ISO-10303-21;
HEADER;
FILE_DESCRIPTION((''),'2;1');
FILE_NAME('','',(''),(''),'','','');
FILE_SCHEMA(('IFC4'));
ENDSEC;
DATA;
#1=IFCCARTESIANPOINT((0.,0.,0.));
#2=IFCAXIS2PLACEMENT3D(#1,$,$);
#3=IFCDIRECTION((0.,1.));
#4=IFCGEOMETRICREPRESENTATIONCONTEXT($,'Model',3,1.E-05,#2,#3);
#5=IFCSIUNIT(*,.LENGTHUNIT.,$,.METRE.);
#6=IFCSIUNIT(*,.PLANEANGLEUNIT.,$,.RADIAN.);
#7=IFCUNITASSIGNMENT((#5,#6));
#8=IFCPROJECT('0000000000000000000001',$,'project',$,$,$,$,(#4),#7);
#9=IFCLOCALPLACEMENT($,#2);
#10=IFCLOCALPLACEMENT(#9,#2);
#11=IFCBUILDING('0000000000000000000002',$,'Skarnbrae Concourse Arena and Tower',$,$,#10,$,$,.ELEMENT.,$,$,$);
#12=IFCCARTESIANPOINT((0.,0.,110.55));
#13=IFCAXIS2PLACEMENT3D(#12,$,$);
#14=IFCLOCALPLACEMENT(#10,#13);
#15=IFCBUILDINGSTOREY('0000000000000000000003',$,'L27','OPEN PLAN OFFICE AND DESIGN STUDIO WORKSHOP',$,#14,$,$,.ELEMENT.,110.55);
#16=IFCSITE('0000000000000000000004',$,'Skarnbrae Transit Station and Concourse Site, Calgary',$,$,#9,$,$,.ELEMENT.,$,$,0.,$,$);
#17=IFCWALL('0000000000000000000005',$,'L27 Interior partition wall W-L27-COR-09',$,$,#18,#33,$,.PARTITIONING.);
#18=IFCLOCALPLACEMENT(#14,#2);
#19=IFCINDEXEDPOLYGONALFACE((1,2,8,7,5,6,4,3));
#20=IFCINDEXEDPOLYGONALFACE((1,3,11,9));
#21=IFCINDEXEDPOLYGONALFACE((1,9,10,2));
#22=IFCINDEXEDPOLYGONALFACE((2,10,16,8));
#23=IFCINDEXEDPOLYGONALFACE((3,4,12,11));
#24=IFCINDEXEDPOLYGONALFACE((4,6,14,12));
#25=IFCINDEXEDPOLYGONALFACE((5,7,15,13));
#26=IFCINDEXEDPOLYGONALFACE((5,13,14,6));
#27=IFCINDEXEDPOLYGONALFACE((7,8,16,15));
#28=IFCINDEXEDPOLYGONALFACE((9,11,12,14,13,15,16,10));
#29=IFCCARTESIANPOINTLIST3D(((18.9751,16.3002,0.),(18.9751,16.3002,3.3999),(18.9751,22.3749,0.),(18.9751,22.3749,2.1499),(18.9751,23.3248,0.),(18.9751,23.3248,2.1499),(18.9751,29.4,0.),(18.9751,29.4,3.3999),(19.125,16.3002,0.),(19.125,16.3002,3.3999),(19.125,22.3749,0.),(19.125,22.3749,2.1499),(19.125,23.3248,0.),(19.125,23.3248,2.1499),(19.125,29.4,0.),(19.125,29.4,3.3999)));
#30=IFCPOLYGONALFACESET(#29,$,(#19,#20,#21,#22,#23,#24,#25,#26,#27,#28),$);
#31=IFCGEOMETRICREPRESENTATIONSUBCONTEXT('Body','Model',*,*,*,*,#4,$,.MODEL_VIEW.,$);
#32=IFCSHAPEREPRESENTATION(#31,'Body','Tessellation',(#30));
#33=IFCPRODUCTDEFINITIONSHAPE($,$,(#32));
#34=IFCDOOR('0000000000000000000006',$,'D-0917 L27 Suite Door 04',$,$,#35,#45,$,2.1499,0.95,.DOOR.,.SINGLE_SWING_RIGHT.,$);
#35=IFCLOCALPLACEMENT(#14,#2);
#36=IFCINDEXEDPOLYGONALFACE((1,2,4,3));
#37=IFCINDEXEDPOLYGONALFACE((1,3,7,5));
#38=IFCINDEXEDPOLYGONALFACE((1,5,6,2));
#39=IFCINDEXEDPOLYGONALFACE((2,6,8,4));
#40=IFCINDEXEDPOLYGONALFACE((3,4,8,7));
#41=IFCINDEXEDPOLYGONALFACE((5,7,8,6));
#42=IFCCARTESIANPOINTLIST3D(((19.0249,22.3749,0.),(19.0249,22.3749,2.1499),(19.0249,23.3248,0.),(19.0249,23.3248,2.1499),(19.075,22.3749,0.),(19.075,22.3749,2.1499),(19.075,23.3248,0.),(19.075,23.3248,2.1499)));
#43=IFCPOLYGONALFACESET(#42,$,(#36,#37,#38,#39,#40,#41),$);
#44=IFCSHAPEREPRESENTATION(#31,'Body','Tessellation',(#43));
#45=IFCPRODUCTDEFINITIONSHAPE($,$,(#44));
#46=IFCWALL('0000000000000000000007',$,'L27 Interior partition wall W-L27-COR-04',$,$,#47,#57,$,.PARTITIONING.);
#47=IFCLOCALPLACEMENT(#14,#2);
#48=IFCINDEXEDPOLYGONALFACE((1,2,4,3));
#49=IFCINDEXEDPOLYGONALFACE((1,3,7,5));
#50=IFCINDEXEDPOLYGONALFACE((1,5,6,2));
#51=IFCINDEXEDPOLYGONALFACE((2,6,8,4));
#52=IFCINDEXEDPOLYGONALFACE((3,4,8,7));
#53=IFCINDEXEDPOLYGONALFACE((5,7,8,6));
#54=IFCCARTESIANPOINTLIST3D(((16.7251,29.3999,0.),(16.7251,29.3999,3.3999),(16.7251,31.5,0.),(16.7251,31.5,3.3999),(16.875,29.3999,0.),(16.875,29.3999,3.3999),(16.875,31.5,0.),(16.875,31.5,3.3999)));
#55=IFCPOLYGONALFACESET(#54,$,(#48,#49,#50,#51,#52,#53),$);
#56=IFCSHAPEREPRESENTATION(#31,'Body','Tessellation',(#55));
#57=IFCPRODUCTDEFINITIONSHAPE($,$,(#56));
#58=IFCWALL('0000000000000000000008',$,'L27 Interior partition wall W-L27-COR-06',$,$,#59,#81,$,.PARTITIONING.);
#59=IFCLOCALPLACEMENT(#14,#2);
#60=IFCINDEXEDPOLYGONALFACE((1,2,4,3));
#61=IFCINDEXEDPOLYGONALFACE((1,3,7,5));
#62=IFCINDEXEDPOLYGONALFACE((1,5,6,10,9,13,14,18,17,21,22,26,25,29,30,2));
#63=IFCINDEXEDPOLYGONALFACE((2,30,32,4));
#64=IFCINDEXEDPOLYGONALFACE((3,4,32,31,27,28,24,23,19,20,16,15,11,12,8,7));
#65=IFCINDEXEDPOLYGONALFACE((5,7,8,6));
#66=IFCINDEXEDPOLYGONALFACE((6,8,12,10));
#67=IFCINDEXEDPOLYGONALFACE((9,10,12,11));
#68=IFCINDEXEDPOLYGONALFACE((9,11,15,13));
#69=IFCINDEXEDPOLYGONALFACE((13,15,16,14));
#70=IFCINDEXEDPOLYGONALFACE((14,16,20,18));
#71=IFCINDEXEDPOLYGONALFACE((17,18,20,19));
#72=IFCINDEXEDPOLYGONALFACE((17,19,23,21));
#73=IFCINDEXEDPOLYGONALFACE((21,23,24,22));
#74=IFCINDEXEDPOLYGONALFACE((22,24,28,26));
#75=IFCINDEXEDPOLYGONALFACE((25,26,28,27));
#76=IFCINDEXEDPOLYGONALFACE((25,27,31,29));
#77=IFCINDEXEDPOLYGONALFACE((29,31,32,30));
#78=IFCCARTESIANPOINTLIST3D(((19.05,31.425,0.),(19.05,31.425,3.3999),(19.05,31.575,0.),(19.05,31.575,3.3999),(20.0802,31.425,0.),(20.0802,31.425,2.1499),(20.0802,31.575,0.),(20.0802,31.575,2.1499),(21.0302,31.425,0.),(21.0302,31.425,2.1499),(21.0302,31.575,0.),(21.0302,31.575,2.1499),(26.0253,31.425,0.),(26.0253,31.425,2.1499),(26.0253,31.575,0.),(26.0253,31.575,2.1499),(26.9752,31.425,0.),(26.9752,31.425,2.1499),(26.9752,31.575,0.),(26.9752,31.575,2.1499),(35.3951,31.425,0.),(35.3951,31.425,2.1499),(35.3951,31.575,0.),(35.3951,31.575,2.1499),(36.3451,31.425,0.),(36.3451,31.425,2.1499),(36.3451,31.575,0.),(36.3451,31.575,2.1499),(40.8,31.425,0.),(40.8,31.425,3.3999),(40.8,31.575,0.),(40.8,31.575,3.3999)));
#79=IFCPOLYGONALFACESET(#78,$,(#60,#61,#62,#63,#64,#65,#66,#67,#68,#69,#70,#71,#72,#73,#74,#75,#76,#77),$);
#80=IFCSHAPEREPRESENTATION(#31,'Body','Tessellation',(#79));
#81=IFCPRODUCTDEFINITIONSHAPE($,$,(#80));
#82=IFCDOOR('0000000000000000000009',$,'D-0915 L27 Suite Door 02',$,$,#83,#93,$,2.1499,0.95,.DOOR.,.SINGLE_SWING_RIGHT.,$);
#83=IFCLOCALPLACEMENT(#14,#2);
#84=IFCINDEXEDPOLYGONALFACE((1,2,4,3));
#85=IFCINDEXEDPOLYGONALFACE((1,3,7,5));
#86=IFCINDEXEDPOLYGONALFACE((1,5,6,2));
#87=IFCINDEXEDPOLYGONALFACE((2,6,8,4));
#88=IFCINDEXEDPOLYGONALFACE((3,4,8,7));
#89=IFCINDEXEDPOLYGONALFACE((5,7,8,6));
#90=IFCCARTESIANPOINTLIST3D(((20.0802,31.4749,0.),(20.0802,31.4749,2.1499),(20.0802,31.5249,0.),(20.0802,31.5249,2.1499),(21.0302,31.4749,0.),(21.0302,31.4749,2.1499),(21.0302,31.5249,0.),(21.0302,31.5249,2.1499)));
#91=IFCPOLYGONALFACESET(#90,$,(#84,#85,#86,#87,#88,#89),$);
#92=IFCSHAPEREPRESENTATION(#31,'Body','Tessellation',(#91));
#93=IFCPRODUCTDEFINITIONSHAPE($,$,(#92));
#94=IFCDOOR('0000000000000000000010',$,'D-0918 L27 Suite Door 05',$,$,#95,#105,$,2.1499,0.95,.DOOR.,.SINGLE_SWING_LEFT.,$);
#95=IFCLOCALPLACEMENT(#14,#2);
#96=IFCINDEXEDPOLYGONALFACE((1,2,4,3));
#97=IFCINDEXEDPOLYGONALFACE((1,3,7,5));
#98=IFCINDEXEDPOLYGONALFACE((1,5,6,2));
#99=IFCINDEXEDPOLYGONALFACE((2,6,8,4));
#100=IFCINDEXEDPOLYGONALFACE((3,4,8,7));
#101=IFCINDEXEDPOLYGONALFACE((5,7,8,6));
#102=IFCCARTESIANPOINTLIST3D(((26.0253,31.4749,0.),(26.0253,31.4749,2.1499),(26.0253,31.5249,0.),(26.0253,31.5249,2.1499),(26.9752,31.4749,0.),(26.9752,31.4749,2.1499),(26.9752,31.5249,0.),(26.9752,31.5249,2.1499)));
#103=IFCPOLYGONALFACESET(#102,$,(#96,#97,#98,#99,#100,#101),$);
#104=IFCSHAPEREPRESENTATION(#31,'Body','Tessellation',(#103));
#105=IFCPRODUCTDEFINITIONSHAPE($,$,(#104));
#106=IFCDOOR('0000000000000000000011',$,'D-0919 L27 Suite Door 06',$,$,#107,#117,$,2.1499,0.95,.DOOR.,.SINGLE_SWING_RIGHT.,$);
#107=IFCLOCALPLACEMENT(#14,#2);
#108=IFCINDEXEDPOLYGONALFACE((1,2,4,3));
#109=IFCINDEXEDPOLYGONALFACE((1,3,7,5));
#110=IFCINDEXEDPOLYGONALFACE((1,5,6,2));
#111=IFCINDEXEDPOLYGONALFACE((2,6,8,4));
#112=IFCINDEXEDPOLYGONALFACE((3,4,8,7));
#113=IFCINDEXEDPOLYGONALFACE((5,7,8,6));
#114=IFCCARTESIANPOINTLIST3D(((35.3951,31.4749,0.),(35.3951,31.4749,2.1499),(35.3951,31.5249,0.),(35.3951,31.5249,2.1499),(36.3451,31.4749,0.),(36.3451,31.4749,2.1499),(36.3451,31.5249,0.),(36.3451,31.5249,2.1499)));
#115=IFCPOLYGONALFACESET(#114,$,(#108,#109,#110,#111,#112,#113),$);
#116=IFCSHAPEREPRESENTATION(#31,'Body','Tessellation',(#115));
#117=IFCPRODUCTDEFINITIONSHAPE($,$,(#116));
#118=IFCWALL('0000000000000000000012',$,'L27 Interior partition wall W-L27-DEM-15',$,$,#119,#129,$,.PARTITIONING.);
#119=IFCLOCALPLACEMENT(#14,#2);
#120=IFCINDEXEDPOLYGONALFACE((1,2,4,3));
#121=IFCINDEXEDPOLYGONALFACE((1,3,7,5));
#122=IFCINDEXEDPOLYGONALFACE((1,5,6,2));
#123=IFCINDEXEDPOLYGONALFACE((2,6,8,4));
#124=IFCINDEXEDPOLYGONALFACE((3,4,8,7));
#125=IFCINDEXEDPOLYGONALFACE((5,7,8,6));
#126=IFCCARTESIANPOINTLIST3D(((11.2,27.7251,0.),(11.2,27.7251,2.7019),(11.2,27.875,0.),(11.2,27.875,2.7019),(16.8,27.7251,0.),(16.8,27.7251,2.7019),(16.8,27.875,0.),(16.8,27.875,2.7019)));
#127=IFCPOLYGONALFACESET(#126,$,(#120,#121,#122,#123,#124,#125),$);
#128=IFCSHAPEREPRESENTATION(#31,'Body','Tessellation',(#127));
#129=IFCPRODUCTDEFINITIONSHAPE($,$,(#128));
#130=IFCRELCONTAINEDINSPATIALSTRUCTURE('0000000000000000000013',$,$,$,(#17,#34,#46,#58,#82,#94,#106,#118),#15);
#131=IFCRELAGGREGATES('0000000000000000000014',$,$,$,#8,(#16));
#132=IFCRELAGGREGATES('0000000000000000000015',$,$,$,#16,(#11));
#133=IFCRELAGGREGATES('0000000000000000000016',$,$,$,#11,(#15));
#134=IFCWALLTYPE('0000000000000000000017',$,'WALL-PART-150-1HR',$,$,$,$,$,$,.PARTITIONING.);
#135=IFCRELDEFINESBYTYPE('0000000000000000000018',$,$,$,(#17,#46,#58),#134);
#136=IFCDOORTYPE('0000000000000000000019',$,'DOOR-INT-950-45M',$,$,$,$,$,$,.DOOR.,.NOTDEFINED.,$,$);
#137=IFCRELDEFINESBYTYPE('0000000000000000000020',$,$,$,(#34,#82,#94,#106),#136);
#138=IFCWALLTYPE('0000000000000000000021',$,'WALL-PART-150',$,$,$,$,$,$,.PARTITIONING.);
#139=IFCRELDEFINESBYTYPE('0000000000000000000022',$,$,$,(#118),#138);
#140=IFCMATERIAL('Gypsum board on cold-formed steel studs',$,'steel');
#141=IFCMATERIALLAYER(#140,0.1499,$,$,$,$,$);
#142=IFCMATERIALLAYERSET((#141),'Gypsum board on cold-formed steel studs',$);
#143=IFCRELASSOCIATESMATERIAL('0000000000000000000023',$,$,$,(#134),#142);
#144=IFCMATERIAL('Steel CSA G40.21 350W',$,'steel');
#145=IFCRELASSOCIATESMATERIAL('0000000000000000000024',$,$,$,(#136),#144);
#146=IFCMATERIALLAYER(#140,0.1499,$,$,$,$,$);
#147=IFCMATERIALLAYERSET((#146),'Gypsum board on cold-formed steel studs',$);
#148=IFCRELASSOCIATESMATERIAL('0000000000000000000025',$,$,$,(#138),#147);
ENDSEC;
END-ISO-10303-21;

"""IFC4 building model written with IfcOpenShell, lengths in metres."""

from ifc_helpers import new_model, si_unit, direction, frame, frame_2d, origin, place, context, subcontext, project, spatial, rectangle, extrude, source, transform, mapped, material, layer, layer_set, type_object, element, fill, save


model = new_model("IFC4")

# Units and contexts
model_context = context("Model", 3, precision=1e-05, world=origin(), true_north=direction((0.0, 1.0)))
body_context = subcontext(model_context, "Body", "Model", "MODEL_VIEW")
ifc_project = project(units=[si_unit("LENGTHUNIT", "METRE"), si_unit("PLANEANGLEUNIT", "RADIAN")], contexts=[model_context])

# Site, building, storey
site_placement = place(None, origin())
site = spatial("IfcSite", under=ifc_project, at=site_placement, Name="Skarnbrae Transit Station and Concourse Site, Calgary", CompositionType="ELEMENT", RefElevation=0.0)
building_placement = place(site_placement, origin())
building = spatial("IfcBuilding", under=site, at=building_placement, Name="Skarnbrae Concourse Arena and Tower", CompositionType="ELEMENT")
storey_placement = place(building_placement, frame((0.0, 0.0, 110.55)))
storey = spatial("IfcBuildingStorey", under=building, at=storey_placement, Name="L27", Description="OPEN PLAN OFFICE AND DESIGN STUDIO WORKSHOP", CompositionType="ELEMENT", Elevation=110.55)

# Shared definitions
ifc_material_1 = material(Name="Steel CSA G40.21 350W", Category="steel")

# Shared definitions
ifc_material_2 = material(Name="Gypsum board on cold-formed steel studs", Category="steel")
ifc_layer_1 = layer(ifc_material_2, 0.1499)
ifc_layer_set_1 = layer_set([ifc_layer_1], Name="Gypsum board on cold-formed steel studs")
wall_type_1 = type_object("IfcWallType", Name="WALL-PART-150-1HR", PredefinedType="PARTITIONING", material=ifc_layer_set_1)

# Wall, opening, door
shared_shape_1 = source(origin(), body_context, "Body", "SweptSolid", [
    extrude(rectangle(XDim=13.0999, YDim=0.1499, at=frame_2d((6.5498, 0.0))), origin(), (0.0, 0.0, 1.0), 3.3999),
])
wall_1_placement = place(storey_placement, frame((19.05, 29.3999, 0.0), z_axis=(0.0, 0.0, 1.0), x_axis=(0.0, -1.0, 0.0)))
wall_1 = element("IfcWall", 1, at=wall_1_placement, inside=storey, type_object=wall_type_1, Name="L27 Interior partition wall W-L27-COR-09", PredefinedType="PARTITIONING", context=body_context, shape_type="MappedRepresentation", body=[
    mapped(shared_shape_1, transform((0.0, 0.0, 0.0))),
])
opening_1_placement = place(wall_1_placement, frame((6.075, 0.0, 0.0)))
opening_1 = element("IfcOpeningElement", 2, at=opening_1_placement, cuts=wall_1, PredefinedType="OPENING", context=body_context, shape_type="SweptSolid", body=[
    extrude(rectangle(XDim=0.95, YDim=2.1499, at=frame_2d((0.4751, 1.075))), frame((0.0, 0.085, 0.0), z_axis=(0.0, -1.0, 0.0), x_axis=(1.0, 0.0, 0.0)), (0.0, 0.0, 1.0), 0.1699),
])
door_type = type_object("IfcDoorType", Name="DOOR-INT-950-45M", OperationType="NOTDEFINED", PredefinedType="DOOR", material=ifc_material_1)
shared_shape_2 = source(origin(), body_context, "Body", "SweptSolid", [
    extrude(rectangle(XDim=0.95, YDim=2.1499, at=frame_2d((0.4751, 1.075))), frame((0.0, 0.0249, 0.0), z_axis=(0.0, -1.0, 0.0), x_axis=(1.0, 0.0, 0.0)), (0.0, 0.0, 1.0), 0.05),
])
door_1_placement = place(opening_1_placement, origin())
door_1 = element("IfcDoor", 3, at=door_1_placement, inside=storey, type_object=door_type, Name="D-0917 L27 Suite Door 04", OperationType="SINGLE_SWING_RIGHT", OverallHeight=2.1499, OverallWidth=0.95, PredefinedType="DOOR", context=body_context, shape_type="MappedRepresentation", body=[
    mapped(shared_shape_2, transform((0.0, 0.0, 0.0))),
])
fill(opening_1, door_1)

# Wall
shared_shape_3 = source(origin(), body_context, "Body", "SweptSolid", [
    extrude(rectangle(XDim=2.1001, YDim=0.1499, at=frame_2d((1.05, 0.0))), origin(), (0.0, 0.0, 1.0), 3.3999),
])
wall_2_placement = place(storey_placement, frame((16.8, 29.3999, 0.0), z_axis=(0.0, 0.0, 1.0), x_axis=(0.0, 1.0, 0.0)))
element("IfcWall", 4, at=wall_2_placement, inside=storey, type_object=wall_type_1, Name="L27 Interior partition wall W-L27-COR-04", PredefinedType="PARTITIONING", context=body_context, shape_type="MappedRepresentation", body=[
    mapped(shared_shape_3, transform((0.0, 0.0, 0.0))),
])

# Wall, openings, doors
shared_shape_4 = source(origin(), body_context, "Body", "SweptSolid", [
    extrude(rectangle(XDim=21.75, YDim=0.1499, at=frame_2d((10.875, 0.0))), origin(), (0.0, 0.0, 1.0), 3.3999),
])
wall_3_placement = place(storey_placement, frame((19.05, 31.5, 0.0), z_axis=(0.0, 0.0, 1.0), x_axis=(1.0, 0.0, 0.0)))
wall_3 = element("IfcWall", 5, at=wall_3_placement, inside=storey, type_object=wall_type_1, Name="L27 Interior partition wall W-L27-COR-06", PredefinedType="PARTITIONING", context=body_context, shape_type="MappedRepresentation", body=[
    mapped(shared_shape_4, transform((0.0, 0.0, 0.0))),
])
opening_2_placement = place(wall_3_placement, frame((1.03, 0.0, 0.0)))
opening_2 = element("IfcOpeningElement", 6, at=opening_2_placement, cuts=wall_3, PredefinedType="OPENING", context=body_context, shape_type="SweptSolid", body=[
    extrude(rectangle(XDim=0.95, YDim=2.1499, at=frame_2d((0.4751, 1.075))), frame((0.0, 0.085, 0.0), z_axis=(0.0, -1.0, 0.0), x_axis=(1.0, 0.0, 0.0)), (0.0, 0.0, 1.0), 0.1699),
])
opening_3_placement = place(wall_3_placement, frame((6.9751, 0.0, 0.0)))
opening_3 = element("IfcOpeningElement", 7, at=opening_3_placement, cuts=wall_3, PredefinedType="OPENING", context=body_context, shape_type="SweptSolid", body=[
    extrude(rectangle(XDim=0.95, YDim=2.1499, at=frame_2d((0.4751, 1.075))), frame((0.0, 0.085, 0.0), z_axis=(0.0, -1.0, 0.0), x_axis=(1.0, 0.0, 0.0)), (0.0, 0.0, 1.0), 0.1699),
])
opening_4_placement = place(wall_3_placement, frame((16.345, 0.0, 0.0)))
opening_4 = element("IfcOpeningElement", 8, at=opening_4_placement, cuts=wall_3, PredefinedType="OPENING", context=body_context, shape_type="SweptSolid", body=[
    extrude(rectangle(XDim=0.95, YDim=2.1499, at=frame_2d((0.4751, 1.075))), frame((0.0, 0.085, 0.0), z_axis=(0.0, -1.0, 0.0), x_axis=(1.0, 0.0, 0.0)), (0.0, 0.0, 1.0), 0.1699),
])
door_2_placement = place(opening_2_placement, origin())
door_2 = element("IfcDoor", 9, at=door_2_placement, inside=storey, type_object=door_type, Name="D-0915 L27 Suite Door 02", OperationType="SINGLE_SWING_RIGHT", OverallHeight=2.1499, OverallWidth=0.95, PredefinedType="DOOR", context=body_context, shape_type="MappedRepresentation", body=[
    mapped(shared_shape_2, transform((0.0, 0.0, 0.0))),
])
fill(opening_2, door_2)
door_3_placement = place(opening_3_placement, origin())
door_3 = element("IfcDoor", 10, at=door_3_placement, inside=storey, type_object=door_type, Name="D-0918 L27 Suite Door 05", OperationType="SINGLE_SWING_LEFT", OverallHeight=2.1499, OverallWidth=0.95, PredefinedType="DOOR", context=body_context, shape_type="MappedRepresentation", body=[
    mapped(shared_shape_2, transform((0.0, 0.0, 0.0))),
])
fill(opening_3, door_3)
door_4_placement = place(opening_4_placement, origin())
door_4 = element("IfcDoor", 11, at=door_4_placement, inside=storey, type_object=door_type, Name="D-0919 L27 Suite Door 06", OperationType="SINGLE_SWING_RIGHT", OverallHeight=2.1499, OverallWidth=0.95, PredefinedType="DOOR", context=body_context, shape_type="MappedRepresentation", body=[
    mapped(shared_shape_2, transform((0.0, 0.0, 0.0))),
])
fill(opening_4, door_4)

# Wall
ifc_layer_2 = layer(ifc_material_2, 0.1499)
ifc_layer_set_2 = layer_set([ifc_layer_2], Name="Gypsum board on cold-formed steel studs")
wall_type_2 = type_object("IfcWallType", Name="WALL-PART-150", PredefinedType="PARTITIONING", material=ifc_layer_set_2)
shared_shape_5 = source(origin(), body_context, "Body", "SweptSolid", [
    extrude(rectangle(XDim=5.6001, YDim=0.1499, at=frame_2d((2.8, 0.0))), origin(), (0.0, 0.0, 1.0), 2.7019),
])
wall_4_placement = place(storey_placement, frame((16.8, 27.8, 0.0), z_axis=(0.0, 0.0, 1.0), x_axis=(-1.0, 0.0, 0.0)))
element("IfcWall", 12, at=wall_4_placement, inside=storey, type_object=wall_type_2, Name="L27 Interior partition wall W-L27-DEM-15", PredefinedType="PARTITIONING", context=body_context, shape_type="MappedRepresentation", body=[
    mapped(shared_shape_5, transform((0.0, 0.0, 0.0))),
])

save(model, "model.ifc")
